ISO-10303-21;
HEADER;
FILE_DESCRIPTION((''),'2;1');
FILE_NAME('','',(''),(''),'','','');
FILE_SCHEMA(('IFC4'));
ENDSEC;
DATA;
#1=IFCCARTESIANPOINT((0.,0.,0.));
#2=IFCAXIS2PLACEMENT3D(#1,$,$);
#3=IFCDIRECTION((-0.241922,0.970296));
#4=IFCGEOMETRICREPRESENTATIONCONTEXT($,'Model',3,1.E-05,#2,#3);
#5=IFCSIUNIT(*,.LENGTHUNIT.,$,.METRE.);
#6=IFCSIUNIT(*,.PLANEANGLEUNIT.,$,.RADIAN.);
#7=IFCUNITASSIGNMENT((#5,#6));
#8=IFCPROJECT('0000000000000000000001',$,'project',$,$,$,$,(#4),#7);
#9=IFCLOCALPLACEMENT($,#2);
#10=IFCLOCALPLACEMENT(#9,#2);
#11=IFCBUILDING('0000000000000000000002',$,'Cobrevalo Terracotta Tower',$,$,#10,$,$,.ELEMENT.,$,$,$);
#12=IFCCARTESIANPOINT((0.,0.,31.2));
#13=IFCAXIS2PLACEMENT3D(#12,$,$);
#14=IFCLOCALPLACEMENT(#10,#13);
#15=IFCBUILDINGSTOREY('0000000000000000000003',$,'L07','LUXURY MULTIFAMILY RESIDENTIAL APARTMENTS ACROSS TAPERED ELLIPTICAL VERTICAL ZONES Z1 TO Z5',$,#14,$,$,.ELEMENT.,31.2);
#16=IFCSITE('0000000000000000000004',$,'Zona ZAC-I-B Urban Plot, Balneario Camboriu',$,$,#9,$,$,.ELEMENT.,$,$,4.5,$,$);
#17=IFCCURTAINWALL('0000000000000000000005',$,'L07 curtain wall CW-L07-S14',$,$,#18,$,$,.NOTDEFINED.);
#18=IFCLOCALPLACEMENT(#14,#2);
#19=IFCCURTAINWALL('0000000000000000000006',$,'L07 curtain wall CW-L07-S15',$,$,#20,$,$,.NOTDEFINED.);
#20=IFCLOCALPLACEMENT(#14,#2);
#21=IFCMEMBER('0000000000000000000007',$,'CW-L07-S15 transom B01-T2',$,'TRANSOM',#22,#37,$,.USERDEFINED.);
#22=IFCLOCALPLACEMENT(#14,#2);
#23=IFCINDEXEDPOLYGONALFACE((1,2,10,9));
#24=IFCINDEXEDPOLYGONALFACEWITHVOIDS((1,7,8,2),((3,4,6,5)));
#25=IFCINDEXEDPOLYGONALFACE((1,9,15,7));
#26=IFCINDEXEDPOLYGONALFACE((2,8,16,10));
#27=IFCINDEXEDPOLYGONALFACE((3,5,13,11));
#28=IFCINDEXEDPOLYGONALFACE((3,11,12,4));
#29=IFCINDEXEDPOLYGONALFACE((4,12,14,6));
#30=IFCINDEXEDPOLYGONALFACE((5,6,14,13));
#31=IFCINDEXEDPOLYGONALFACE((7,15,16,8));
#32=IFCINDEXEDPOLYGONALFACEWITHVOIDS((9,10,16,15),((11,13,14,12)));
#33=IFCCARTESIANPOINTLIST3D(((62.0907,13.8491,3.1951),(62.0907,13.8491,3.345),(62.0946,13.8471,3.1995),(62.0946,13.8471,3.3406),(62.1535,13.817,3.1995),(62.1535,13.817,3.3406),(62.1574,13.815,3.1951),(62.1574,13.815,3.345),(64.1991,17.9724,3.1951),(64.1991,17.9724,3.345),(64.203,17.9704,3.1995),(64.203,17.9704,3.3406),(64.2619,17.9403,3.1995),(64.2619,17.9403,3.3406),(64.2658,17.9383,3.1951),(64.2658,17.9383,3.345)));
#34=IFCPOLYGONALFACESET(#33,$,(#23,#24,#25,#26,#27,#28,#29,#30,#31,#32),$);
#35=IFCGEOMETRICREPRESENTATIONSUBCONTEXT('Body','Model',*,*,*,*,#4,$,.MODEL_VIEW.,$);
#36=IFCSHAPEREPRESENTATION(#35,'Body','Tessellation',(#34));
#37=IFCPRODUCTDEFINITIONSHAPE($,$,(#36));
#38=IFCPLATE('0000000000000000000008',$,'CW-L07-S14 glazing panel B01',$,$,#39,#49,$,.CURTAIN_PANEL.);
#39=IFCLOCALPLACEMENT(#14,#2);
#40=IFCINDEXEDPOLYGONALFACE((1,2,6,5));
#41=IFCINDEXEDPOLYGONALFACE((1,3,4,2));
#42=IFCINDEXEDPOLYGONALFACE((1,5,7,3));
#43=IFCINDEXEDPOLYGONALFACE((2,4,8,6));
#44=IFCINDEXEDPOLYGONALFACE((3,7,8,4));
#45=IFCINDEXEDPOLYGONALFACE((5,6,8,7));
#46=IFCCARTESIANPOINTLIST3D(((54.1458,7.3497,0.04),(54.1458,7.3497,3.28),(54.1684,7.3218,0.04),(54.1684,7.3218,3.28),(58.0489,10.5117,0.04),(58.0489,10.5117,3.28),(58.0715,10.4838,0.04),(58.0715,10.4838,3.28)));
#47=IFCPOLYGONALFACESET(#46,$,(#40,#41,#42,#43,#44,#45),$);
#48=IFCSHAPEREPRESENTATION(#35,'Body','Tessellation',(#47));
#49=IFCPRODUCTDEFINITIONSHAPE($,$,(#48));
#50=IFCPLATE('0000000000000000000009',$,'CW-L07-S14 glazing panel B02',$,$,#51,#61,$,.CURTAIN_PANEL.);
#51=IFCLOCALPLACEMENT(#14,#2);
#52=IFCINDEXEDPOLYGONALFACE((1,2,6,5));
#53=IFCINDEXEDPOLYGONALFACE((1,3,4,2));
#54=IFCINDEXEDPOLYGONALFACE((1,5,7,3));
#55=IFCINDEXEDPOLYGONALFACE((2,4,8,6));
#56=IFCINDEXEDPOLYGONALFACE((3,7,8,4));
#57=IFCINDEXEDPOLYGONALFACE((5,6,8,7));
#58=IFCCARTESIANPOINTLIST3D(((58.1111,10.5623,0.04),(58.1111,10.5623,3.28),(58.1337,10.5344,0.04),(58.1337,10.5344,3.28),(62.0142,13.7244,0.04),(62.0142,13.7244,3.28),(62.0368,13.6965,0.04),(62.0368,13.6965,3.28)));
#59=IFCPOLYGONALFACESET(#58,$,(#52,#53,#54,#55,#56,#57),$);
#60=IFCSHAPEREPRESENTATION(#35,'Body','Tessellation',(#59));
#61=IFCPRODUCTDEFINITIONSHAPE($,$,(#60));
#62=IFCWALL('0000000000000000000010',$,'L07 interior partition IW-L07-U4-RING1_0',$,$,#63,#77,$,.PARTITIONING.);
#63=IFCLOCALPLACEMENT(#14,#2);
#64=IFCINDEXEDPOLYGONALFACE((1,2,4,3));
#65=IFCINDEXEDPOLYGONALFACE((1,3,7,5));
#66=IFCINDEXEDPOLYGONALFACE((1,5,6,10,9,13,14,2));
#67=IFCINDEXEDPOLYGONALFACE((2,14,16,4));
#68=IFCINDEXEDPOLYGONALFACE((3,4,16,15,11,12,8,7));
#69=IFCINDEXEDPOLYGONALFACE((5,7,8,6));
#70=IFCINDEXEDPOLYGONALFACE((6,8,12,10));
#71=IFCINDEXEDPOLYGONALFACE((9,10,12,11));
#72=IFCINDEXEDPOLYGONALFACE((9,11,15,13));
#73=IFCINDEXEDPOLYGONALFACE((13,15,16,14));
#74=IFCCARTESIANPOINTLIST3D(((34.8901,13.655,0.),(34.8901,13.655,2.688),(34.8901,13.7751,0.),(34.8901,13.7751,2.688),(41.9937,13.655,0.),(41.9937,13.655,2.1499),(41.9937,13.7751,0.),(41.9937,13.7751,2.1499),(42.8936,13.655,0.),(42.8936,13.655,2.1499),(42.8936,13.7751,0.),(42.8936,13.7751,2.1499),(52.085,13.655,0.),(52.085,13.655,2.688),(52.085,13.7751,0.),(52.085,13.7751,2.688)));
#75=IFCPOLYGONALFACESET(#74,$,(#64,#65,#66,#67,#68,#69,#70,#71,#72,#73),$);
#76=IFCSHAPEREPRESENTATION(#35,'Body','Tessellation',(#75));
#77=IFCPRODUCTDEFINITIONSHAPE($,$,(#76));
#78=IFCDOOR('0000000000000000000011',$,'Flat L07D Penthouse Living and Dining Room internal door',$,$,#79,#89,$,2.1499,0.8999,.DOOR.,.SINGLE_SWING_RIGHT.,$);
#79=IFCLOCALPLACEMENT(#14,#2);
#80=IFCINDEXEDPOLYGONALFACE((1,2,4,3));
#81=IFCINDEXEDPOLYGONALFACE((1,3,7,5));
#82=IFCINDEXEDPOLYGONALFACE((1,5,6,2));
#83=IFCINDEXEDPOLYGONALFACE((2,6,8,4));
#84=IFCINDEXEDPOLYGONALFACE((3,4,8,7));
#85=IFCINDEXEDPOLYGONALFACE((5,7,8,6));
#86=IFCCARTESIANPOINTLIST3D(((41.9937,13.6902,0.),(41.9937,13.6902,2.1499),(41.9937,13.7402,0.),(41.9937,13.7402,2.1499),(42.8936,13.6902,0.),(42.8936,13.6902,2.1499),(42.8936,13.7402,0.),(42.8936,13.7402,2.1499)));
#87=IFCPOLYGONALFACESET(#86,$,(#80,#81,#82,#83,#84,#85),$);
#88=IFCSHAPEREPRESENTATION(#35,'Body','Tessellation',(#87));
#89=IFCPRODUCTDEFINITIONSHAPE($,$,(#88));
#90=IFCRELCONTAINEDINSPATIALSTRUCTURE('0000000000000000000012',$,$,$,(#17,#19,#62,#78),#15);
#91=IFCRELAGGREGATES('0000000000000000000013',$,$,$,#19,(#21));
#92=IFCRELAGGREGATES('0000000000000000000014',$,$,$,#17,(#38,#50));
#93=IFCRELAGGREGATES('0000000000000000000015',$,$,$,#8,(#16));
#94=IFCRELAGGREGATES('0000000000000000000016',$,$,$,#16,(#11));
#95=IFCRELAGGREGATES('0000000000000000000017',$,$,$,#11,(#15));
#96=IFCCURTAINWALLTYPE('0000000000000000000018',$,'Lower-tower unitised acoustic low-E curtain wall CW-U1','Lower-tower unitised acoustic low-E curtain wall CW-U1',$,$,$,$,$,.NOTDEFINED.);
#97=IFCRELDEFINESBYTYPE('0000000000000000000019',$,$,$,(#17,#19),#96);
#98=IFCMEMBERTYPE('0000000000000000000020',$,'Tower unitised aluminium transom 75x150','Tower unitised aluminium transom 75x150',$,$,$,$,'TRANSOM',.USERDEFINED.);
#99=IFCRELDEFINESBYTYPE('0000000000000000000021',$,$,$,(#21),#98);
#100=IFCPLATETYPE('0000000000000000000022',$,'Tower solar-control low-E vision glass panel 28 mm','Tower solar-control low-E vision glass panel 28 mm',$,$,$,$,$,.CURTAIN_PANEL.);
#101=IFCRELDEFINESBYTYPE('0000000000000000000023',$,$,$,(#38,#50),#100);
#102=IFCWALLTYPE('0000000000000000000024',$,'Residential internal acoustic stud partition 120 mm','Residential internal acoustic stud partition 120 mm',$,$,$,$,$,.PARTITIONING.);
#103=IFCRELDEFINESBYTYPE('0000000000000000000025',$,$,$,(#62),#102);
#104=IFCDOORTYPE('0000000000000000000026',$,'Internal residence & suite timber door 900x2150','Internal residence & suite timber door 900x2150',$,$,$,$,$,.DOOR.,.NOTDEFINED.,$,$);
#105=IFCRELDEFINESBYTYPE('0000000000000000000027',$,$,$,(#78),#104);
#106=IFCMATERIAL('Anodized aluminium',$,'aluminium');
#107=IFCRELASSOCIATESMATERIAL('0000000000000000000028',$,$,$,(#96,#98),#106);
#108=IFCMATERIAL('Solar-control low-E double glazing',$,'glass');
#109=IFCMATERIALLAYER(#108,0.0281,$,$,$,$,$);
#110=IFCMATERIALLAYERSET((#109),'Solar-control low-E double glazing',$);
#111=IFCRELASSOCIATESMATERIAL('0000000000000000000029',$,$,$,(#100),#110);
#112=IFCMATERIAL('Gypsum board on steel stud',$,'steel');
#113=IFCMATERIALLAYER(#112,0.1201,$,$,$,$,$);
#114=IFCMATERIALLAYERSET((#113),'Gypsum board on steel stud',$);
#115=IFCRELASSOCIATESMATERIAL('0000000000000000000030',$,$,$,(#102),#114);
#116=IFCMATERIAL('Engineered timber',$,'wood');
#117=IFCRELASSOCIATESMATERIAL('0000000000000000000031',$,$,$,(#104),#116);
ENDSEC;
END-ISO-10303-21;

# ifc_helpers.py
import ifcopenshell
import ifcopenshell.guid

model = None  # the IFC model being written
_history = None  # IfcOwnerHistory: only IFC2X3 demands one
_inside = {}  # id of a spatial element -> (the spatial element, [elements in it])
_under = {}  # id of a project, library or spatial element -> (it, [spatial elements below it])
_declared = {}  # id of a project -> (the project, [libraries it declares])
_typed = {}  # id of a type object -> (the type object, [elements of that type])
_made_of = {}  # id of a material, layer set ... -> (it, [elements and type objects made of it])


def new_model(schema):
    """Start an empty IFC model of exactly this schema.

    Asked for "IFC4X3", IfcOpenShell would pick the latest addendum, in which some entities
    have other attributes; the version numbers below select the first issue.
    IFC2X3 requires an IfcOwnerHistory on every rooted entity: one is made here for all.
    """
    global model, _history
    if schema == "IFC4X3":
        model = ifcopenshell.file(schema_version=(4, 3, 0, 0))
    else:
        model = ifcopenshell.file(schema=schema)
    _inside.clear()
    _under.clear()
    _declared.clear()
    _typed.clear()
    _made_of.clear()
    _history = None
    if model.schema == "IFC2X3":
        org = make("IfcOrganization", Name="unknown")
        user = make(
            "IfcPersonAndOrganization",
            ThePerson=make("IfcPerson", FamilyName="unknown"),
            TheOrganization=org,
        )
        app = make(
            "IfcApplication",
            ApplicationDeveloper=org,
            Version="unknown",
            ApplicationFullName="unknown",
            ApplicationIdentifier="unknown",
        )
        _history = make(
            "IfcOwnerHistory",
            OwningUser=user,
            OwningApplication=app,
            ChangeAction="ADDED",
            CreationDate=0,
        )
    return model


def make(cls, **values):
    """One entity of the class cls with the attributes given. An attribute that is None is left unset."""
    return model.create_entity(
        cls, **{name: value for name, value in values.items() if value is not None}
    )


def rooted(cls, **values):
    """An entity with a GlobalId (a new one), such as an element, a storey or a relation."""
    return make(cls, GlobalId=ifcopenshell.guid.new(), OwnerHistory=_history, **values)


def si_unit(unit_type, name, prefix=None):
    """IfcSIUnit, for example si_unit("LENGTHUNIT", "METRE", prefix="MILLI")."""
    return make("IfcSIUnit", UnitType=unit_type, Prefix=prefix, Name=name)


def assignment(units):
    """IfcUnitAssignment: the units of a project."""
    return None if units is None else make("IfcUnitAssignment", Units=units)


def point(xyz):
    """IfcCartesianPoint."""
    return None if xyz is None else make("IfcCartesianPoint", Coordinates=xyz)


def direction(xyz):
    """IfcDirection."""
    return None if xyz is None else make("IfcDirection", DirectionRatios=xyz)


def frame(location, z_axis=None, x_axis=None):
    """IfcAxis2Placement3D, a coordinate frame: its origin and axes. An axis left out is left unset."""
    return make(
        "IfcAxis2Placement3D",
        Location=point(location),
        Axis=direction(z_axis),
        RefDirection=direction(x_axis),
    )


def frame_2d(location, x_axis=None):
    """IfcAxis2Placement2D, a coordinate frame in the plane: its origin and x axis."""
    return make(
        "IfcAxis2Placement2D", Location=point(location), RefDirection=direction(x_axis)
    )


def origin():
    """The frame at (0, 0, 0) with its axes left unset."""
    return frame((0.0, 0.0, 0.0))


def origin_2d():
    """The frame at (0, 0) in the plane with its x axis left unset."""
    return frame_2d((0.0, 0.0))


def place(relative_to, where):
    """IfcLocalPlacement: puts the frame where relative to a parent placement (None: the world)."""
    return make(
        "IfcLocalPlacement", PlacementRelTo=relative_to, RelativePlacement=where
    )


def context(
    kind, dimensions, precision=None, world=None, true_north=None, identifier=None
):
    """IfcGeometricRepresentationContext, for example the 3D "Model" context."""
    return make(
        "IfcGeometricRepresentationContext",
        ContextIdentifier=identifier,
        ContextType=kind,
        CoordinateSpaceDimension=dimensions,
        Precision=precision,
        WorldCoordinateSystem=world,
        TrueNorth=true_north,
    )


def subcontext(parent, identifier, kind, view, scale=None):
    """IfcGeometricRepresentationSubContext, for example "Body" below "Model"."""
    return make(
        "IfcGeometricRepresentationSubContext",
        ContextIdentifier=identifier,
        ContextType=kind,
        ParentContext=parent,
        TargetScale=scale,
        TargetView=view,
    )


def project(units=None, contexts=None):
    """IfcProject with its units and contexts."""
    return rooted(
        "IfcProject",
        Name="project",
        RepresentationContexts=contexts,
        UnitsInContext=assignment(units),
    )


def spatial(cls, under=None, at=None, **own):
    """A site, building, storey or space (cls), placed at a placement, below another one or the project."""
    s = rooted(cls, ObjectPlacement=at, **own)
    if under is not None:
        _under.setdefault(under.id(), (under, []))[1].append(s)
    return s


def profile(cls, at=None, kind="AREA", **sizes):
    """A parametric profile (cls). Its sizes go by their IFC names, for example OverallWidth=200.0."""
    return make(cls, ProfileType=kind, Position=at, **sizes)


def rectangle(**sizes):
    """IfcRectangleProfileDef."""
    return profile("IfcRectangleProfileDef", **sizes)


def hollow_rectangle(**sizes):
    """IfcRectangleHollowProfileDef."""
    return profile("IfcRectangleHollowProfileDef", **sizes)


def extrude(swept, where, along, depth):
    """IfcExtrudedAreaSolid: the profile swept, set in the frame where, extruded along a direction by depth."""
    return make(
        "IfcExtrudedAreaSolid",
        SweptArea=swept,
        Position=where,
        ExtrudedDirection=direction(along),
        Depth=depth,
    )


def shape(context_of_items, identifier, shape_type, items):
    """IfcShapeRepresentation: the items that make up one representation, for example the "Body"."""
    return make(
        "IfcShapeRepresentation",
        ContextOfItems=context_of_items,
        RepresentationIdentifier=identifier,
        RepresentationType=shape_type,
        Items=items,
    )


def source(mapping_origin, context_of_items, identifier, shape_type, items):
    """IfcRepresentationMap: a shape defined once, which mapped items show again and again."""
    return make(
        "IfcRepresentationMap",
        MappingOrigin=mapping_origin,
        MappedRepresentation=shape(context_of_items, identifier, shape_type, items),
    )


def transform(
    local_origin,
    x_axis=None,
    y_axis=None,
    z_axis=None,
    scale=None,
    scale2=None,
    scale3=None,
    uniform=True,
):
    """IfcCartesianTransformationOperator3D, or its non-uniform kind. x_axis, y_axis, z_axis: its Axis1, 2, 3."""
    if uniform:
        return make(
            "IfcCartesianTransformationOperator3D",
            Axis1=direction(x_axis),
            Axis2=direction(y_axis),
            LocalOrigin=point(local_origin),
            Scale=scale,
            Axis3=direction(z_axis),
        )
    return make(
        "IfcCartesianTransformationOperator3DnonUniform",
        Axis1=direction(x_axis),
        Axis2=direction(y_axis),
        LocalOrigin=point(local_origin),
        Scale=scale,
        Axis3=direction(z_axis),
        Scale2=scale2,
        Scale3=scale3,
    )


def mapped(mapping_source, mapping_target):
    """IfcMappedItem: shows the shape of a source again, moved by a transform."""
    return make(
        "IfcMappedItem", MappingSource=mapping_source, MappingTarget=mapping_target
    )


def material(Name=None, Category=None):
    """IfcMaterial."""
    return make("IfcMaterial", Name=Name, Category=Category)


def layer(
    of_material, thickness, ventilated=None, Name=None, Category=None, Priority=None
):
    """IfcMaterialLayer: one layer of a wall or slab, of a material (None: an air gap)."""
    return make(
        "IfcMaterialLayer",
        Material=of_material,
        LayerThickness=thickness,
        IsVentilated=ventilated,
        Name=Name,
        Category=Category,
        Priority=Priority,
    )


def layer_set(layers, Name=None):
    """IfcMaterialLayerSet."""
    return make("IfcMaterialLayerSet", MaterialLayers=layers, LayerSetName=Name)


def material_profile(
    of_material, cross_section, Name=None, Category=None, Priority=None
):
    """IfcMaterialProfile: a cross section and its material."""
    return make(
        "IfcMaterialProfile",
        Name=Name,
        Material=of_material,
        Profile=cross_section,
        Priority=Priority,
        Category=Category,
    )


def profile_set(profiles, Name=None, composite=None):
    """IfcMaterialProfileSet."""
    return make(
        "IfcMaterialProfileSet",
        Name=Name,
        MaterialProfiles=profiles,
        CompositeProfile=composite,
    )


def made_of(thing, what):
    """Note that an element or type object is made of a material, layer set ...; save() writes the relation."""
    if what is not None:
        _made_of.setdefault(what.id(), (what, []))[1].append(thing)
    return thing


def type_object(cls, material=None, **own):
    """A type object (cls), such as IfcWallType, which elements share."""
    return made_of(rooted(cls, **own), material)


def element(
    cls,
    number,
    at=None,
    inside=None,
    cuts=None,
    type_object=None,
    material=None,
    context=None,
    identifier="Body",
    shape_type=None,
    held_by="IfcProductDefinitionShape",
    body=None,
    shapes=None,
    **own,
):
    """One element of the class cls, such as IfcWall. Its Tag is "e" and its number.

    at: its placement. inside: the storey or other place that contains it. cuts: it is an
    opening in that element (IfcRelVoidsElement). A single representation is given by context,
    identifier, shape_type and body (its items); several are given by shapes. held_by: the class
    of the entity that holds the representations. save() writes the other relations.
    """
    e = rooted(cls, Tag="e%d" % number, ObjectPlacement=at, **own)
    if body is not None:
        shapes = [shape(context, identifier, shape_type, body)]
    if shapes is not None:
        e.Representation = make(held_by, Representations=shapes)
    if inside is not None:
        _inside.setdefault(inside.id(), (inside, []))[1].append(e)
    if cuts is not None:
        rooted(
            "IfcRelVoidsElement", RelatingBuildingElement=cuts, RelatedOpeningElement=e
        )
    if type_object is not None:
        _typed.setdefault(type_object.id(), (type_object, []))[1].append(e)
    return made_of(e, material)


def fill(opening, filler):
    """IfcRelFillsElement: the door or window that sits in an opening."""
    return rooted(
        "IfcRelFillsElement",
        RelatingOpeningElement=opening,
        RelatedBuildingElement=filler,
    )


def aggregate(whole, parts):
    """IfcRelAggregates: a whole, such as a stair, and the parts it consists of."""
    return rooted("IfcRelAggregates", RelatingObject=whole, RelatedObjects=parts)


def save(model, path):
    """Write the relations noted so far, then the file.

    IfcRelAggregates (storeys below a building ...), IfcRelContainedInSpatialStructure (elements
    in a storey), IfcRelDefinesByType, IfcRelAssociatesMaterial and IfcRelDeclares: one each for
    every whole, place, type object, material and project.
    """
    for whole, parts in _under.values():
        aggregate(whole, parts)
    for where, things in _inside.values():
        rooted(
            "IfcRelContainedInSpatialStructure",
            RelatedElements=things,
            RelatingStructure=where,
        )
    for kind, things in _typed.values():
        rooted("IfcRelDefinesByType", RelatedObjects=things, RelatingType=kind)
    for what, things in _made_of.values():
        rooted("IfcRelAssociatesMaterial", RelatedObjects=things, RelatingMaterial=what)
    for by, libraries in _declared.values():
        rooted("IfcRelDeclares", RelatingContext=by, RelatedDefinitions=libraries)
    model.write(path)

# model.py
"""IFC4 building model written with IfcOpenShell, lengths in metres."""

from ifc_helpers import new_model, si_unit, direction, frame, frame_2d, origin, origin_2d, place, context, subcontext, project, spatial, rectangle, hollow_rectangle, extrude, source, transform, mapped, material, layer, layer_set, material_profile, profile_set, type_object, element, fill, aggregate, save


model = new_model("IFC4")

# Units and contexts
model_context = context("Model", 3, precision=1e-05, world=origin(), true_north=direction((-0.241922, 0.970296)))
body_context = subcontext(model_context, "Body", "Model", "MODEL_VIEW")
ifc_project = project(units=[si_unit("LENGTHUNIT", "METRE"), si_unit("PLANEANGLEUNIT", "RADIAN")], contexts=[model_context])

# Site, building, storey
site_placement = place(None, origin())
site = spatial("IfcSite", under=ifc_project, at=site_placement, Name="Zona ZAC-I-B Urban Plot, Balneario Camboriu", CompositionType="ELEMENT", RefElevation=4.5)
building_placement = place(site_placement, origin())
building = spatial("IfcBuilding", under=site, at=building_placement, Name="Cobrevalo Terracotta Tower", CompositionType="ELEMENT")
storey_placement = place(building_placement, frame((0.0, 0.0, 31.2)))
storey = spatial("IfcBuildingStorey", under=building, at=storey_placement, Name="L07", Description="LUXURY MULTIFAMILY RESIDENTIAL APARTMENTS ACROSS TAPERED ELLIPTICAL VERTICAL ZONES Z1 TO Z5", CompositionType="ELEMENT", Elevation=31.2)

# Curtain wall
ifc_material_1 = material(Name="Anodized aluminium", Category="aluminium")
curtain_wall_type = type_object("IfcCurtainWallType", Name="Lower-tower unitised acoustic low-E curtain wall CW-U1", Description="Lower-tower unitised acoustic low-E curtain wall CW-U1", PredefinedType="NOTDEFINED", material=ifc_material_1)
curtain_wall_1_placement = place(storey_placement, origin())
curtain_wall_1 = element("IfcCurtainWall", 1, at=curtain_wall_1_placement, inside=storey, type_object=curtain_wall_type, Name="L07 curtain wall CW-L07-S14", PredefinedType="NOTDEFINED")

# Curtain wall
curtain_wall_2_placement = place(storey_placement, origin())
curtain_wall_2 = element("IfcCurtainWall", 2, at=curtain_wall_2_placement, inside=storey, type_object=curtain_wall_type, Name="L07 curtain wall CW-L07-S15", PredefinedType="NOTDEFINED")

# Member
ifc_material_profile_1 = material_profile(ifc_material_1, hollow_rectangle(XDim=0.075, YDim=0.1499, WallThickness=0.0044, at=origin_2d()), Name="CWT 75x150")
ifc_profile_set_1 = profile_set([ifc_material_profile_1], Name="Anodized aluminium")
member_type_1 = type_object("IfcMemberType", Name="Tower unitised aluminium transom 75x150", Description="Tower unitised aluminium transom 75x150", ElementType="TRANSOM", PredefinedType="USERDEFINED", material=ifc_profile_set_1)
shared_shape_1 = source(origin(), body_context, "Body", "SweptSolid", [
    extrude(hollow_rectangle(XDim=0.075, YDim=0.1499, WallThickness=0.0044, at=origin_2d()), origin(), (0.0, 0.0, 1.0), 4.6311),
])
member_1_placement = place(storey_placement, frame((62.124, 13.832, 3.27), z_axis=(0.455272, 0.890353, 0.0), x_axis=(-0.890353, 0.455272, 0.0)))
member_1 = element("IfcMember", 3, at=member_1_placement, type_object=member_type_1, Name="CW-L07-S15 transom B01-T2", ObjectType="TRANSOM", PredefinedType="USERDEFINED", context=body_context, shape_type="MappedRepresentation", body=[
    mapped(shared_shape_1, transform((0.0, 0.0, 0.0), scale=1.0)),
])
aggregate(curtain_wall_2, [member_1])

# Plates
ifc_material_2 = material(Name="Solar-control low-E double glazing", Category="glass")
ifc_layer_1 = layer(ifc_material_2, 0.0281)
ifc_layer_set_1 = layer_set([ifc_layer_1], Name="Solar-control low-E double glazing")
plate_type = type_object("IfcPlateType", Name="Tower solar-control low-E vision glass panel 28 mm", Description="Tower solar-control low-E vision glass panel 28 mm", PredefinedType="CURTAIN_PANEL", material=ifc_layer_set_1)
shared_shape_2 = source(origin(), body_context, "Body", "SweptSolid", [
    extrude(rectangle(XDim=5.0232, YDim=0.0359, at=origin_2d()), origin(), (0.0, 0.0, 1.0), 3.24),
])
plate_1_placement = place(storey_placement, frame((56.1086, 8.9167, 0.04), z_axis=(0.0, 0.0, 1.0), x_axis=(0.777008, 0.629491, 0.0)))
plate_1 = element("IfcPlate", 4, at=plate_1_placement, type_object=plate_type, Name="CW-L07-S14 glazing panel B01", PredefinedType="CURTAIN_PANEL", context=body_context, shape_type="MappedRepresentation", body=[
    mapped(shared_shape_2, transform((0.0, 0.0, 0.0), scale=1.0)),
])
plate_2_placement = place(storey_placement, frame((60.074, 12.1294, 0.04), z_axis=(0.0, 0.0, 1.0), x_axis=(0.777008, 0.629491, 0.0)))
plate_2 = element("IfcPlate", 5, at=plate_2_placement, type_object=plate_type, Name="CW-L07-S14 glazing panel B02", PredefinedType="CURTAIN_PANEL", context=body_context, shape_type="MappedRepresentation", body=[
    mapped(shared_shape_2, transform((0.0, 0.0, 0.0), scale=1.0)),
])
aggregate(curtain_wall_1, [plate_1, plate_2])

# Wall, opening, door
ifc_material_3 = material(Name="Gypsum board on steel stud", Category="steel")
ifc_layer_2 = layer(ifc_material_3, 0.1201)
ifc_layer_set_2 = layer_set([ifc_layer_2], Name="Gypsum board on steel stud")
wall_type = type_object("IfcWallType", Name="Residential internal acoustic stud partition 120 mm", Description="Residential internal acoustic stud partition 120 mm", PredefinedType="PARTITIONING", material=ifc_layer_set_2)
wall_placement = place(storey_placement, frame((52.085, 13.7151, 0.0), z_axis=(0.0, 0.0, 1.0), x_axis=(-1.0, 0.0, 0.0)))
wall = element("IfcWall", 6, at=wall_placement, inside=storey, type_object=wall_type, Name="L07 interior partition IW-L07-U4-RING1_0", PredefinedType="PARTITIONING", context=body_context, shape_type="SweptSolid", body=[
    extrude(rectangle(XDim=17.1948, YDim=0.1201, at=frame_2d((8.5974, 0.0))), origin(), (0.0, 0.0, 1.0), 2.688),
])
opening_placement = place(wall_placement, frame((9.1914, 0.0, 0.0)))
opening = element("IfcOpeningElement", 7, at=opening_placement, cuts=wall, PredefinedType="OPENING", context=body_context, shape_type="SweptSolid", body=[
    extrude(rectangle(XDim=0.8999, YDim=2.1499, at=frame_2d((0.45, 1.075))), frame((0.0, 0.0701, 0.0), z_axis=(0.0, -1.0, 0.0), x_axis=(1.0, 0.0, 0.0)), (0.0, 0.0, 1.0), 0.1401),
])
ifc_material_4 = material(Name="Engineered timber", Category="wood")
door_type = type_object("IfcDoorType", Name="Internal residence & suite timber door 900x2150", Description="Internal residence & suite timber door 900x2150", OperationType="NOTDEFINED", PredefinedType="DOOR", material=ifc_material_4)
shared_shape_3 = source(origin(), body_context, "Body", "SweptSolid", [
    extrude(rectangle(XDim=0.8999, YDim=2.1499, at=frame_2d((0.45, 1.075))), frame((0.0, 0.0249, 0.0), z_axis=(0.0, -1.0, 0.0), x_axis=(1.0, 0.0, 0.0)), (0.0, 0.0, 1.0), 0.05),
])
door_placement = place(opening_placement, origin())
door = element("IfcDoor", 8, at=door_placement, inside=storey, type_object=door_type, Name="Flat L07D Penthouse Living and Dining Room internal door", OperationType="SINGLE_SWING_RIGHT", OverallHeight=2.1499, OverallWidth=0.8999, PredefinedType="DOOR", context=body_context, shape_type="MappedRepresentation", body=[
    mapped(shared_shape_3, transform((0.0, 0.0, 0.0), scale=1.0)),
])
fill(opening, door)

save(model, "model.ifc")
